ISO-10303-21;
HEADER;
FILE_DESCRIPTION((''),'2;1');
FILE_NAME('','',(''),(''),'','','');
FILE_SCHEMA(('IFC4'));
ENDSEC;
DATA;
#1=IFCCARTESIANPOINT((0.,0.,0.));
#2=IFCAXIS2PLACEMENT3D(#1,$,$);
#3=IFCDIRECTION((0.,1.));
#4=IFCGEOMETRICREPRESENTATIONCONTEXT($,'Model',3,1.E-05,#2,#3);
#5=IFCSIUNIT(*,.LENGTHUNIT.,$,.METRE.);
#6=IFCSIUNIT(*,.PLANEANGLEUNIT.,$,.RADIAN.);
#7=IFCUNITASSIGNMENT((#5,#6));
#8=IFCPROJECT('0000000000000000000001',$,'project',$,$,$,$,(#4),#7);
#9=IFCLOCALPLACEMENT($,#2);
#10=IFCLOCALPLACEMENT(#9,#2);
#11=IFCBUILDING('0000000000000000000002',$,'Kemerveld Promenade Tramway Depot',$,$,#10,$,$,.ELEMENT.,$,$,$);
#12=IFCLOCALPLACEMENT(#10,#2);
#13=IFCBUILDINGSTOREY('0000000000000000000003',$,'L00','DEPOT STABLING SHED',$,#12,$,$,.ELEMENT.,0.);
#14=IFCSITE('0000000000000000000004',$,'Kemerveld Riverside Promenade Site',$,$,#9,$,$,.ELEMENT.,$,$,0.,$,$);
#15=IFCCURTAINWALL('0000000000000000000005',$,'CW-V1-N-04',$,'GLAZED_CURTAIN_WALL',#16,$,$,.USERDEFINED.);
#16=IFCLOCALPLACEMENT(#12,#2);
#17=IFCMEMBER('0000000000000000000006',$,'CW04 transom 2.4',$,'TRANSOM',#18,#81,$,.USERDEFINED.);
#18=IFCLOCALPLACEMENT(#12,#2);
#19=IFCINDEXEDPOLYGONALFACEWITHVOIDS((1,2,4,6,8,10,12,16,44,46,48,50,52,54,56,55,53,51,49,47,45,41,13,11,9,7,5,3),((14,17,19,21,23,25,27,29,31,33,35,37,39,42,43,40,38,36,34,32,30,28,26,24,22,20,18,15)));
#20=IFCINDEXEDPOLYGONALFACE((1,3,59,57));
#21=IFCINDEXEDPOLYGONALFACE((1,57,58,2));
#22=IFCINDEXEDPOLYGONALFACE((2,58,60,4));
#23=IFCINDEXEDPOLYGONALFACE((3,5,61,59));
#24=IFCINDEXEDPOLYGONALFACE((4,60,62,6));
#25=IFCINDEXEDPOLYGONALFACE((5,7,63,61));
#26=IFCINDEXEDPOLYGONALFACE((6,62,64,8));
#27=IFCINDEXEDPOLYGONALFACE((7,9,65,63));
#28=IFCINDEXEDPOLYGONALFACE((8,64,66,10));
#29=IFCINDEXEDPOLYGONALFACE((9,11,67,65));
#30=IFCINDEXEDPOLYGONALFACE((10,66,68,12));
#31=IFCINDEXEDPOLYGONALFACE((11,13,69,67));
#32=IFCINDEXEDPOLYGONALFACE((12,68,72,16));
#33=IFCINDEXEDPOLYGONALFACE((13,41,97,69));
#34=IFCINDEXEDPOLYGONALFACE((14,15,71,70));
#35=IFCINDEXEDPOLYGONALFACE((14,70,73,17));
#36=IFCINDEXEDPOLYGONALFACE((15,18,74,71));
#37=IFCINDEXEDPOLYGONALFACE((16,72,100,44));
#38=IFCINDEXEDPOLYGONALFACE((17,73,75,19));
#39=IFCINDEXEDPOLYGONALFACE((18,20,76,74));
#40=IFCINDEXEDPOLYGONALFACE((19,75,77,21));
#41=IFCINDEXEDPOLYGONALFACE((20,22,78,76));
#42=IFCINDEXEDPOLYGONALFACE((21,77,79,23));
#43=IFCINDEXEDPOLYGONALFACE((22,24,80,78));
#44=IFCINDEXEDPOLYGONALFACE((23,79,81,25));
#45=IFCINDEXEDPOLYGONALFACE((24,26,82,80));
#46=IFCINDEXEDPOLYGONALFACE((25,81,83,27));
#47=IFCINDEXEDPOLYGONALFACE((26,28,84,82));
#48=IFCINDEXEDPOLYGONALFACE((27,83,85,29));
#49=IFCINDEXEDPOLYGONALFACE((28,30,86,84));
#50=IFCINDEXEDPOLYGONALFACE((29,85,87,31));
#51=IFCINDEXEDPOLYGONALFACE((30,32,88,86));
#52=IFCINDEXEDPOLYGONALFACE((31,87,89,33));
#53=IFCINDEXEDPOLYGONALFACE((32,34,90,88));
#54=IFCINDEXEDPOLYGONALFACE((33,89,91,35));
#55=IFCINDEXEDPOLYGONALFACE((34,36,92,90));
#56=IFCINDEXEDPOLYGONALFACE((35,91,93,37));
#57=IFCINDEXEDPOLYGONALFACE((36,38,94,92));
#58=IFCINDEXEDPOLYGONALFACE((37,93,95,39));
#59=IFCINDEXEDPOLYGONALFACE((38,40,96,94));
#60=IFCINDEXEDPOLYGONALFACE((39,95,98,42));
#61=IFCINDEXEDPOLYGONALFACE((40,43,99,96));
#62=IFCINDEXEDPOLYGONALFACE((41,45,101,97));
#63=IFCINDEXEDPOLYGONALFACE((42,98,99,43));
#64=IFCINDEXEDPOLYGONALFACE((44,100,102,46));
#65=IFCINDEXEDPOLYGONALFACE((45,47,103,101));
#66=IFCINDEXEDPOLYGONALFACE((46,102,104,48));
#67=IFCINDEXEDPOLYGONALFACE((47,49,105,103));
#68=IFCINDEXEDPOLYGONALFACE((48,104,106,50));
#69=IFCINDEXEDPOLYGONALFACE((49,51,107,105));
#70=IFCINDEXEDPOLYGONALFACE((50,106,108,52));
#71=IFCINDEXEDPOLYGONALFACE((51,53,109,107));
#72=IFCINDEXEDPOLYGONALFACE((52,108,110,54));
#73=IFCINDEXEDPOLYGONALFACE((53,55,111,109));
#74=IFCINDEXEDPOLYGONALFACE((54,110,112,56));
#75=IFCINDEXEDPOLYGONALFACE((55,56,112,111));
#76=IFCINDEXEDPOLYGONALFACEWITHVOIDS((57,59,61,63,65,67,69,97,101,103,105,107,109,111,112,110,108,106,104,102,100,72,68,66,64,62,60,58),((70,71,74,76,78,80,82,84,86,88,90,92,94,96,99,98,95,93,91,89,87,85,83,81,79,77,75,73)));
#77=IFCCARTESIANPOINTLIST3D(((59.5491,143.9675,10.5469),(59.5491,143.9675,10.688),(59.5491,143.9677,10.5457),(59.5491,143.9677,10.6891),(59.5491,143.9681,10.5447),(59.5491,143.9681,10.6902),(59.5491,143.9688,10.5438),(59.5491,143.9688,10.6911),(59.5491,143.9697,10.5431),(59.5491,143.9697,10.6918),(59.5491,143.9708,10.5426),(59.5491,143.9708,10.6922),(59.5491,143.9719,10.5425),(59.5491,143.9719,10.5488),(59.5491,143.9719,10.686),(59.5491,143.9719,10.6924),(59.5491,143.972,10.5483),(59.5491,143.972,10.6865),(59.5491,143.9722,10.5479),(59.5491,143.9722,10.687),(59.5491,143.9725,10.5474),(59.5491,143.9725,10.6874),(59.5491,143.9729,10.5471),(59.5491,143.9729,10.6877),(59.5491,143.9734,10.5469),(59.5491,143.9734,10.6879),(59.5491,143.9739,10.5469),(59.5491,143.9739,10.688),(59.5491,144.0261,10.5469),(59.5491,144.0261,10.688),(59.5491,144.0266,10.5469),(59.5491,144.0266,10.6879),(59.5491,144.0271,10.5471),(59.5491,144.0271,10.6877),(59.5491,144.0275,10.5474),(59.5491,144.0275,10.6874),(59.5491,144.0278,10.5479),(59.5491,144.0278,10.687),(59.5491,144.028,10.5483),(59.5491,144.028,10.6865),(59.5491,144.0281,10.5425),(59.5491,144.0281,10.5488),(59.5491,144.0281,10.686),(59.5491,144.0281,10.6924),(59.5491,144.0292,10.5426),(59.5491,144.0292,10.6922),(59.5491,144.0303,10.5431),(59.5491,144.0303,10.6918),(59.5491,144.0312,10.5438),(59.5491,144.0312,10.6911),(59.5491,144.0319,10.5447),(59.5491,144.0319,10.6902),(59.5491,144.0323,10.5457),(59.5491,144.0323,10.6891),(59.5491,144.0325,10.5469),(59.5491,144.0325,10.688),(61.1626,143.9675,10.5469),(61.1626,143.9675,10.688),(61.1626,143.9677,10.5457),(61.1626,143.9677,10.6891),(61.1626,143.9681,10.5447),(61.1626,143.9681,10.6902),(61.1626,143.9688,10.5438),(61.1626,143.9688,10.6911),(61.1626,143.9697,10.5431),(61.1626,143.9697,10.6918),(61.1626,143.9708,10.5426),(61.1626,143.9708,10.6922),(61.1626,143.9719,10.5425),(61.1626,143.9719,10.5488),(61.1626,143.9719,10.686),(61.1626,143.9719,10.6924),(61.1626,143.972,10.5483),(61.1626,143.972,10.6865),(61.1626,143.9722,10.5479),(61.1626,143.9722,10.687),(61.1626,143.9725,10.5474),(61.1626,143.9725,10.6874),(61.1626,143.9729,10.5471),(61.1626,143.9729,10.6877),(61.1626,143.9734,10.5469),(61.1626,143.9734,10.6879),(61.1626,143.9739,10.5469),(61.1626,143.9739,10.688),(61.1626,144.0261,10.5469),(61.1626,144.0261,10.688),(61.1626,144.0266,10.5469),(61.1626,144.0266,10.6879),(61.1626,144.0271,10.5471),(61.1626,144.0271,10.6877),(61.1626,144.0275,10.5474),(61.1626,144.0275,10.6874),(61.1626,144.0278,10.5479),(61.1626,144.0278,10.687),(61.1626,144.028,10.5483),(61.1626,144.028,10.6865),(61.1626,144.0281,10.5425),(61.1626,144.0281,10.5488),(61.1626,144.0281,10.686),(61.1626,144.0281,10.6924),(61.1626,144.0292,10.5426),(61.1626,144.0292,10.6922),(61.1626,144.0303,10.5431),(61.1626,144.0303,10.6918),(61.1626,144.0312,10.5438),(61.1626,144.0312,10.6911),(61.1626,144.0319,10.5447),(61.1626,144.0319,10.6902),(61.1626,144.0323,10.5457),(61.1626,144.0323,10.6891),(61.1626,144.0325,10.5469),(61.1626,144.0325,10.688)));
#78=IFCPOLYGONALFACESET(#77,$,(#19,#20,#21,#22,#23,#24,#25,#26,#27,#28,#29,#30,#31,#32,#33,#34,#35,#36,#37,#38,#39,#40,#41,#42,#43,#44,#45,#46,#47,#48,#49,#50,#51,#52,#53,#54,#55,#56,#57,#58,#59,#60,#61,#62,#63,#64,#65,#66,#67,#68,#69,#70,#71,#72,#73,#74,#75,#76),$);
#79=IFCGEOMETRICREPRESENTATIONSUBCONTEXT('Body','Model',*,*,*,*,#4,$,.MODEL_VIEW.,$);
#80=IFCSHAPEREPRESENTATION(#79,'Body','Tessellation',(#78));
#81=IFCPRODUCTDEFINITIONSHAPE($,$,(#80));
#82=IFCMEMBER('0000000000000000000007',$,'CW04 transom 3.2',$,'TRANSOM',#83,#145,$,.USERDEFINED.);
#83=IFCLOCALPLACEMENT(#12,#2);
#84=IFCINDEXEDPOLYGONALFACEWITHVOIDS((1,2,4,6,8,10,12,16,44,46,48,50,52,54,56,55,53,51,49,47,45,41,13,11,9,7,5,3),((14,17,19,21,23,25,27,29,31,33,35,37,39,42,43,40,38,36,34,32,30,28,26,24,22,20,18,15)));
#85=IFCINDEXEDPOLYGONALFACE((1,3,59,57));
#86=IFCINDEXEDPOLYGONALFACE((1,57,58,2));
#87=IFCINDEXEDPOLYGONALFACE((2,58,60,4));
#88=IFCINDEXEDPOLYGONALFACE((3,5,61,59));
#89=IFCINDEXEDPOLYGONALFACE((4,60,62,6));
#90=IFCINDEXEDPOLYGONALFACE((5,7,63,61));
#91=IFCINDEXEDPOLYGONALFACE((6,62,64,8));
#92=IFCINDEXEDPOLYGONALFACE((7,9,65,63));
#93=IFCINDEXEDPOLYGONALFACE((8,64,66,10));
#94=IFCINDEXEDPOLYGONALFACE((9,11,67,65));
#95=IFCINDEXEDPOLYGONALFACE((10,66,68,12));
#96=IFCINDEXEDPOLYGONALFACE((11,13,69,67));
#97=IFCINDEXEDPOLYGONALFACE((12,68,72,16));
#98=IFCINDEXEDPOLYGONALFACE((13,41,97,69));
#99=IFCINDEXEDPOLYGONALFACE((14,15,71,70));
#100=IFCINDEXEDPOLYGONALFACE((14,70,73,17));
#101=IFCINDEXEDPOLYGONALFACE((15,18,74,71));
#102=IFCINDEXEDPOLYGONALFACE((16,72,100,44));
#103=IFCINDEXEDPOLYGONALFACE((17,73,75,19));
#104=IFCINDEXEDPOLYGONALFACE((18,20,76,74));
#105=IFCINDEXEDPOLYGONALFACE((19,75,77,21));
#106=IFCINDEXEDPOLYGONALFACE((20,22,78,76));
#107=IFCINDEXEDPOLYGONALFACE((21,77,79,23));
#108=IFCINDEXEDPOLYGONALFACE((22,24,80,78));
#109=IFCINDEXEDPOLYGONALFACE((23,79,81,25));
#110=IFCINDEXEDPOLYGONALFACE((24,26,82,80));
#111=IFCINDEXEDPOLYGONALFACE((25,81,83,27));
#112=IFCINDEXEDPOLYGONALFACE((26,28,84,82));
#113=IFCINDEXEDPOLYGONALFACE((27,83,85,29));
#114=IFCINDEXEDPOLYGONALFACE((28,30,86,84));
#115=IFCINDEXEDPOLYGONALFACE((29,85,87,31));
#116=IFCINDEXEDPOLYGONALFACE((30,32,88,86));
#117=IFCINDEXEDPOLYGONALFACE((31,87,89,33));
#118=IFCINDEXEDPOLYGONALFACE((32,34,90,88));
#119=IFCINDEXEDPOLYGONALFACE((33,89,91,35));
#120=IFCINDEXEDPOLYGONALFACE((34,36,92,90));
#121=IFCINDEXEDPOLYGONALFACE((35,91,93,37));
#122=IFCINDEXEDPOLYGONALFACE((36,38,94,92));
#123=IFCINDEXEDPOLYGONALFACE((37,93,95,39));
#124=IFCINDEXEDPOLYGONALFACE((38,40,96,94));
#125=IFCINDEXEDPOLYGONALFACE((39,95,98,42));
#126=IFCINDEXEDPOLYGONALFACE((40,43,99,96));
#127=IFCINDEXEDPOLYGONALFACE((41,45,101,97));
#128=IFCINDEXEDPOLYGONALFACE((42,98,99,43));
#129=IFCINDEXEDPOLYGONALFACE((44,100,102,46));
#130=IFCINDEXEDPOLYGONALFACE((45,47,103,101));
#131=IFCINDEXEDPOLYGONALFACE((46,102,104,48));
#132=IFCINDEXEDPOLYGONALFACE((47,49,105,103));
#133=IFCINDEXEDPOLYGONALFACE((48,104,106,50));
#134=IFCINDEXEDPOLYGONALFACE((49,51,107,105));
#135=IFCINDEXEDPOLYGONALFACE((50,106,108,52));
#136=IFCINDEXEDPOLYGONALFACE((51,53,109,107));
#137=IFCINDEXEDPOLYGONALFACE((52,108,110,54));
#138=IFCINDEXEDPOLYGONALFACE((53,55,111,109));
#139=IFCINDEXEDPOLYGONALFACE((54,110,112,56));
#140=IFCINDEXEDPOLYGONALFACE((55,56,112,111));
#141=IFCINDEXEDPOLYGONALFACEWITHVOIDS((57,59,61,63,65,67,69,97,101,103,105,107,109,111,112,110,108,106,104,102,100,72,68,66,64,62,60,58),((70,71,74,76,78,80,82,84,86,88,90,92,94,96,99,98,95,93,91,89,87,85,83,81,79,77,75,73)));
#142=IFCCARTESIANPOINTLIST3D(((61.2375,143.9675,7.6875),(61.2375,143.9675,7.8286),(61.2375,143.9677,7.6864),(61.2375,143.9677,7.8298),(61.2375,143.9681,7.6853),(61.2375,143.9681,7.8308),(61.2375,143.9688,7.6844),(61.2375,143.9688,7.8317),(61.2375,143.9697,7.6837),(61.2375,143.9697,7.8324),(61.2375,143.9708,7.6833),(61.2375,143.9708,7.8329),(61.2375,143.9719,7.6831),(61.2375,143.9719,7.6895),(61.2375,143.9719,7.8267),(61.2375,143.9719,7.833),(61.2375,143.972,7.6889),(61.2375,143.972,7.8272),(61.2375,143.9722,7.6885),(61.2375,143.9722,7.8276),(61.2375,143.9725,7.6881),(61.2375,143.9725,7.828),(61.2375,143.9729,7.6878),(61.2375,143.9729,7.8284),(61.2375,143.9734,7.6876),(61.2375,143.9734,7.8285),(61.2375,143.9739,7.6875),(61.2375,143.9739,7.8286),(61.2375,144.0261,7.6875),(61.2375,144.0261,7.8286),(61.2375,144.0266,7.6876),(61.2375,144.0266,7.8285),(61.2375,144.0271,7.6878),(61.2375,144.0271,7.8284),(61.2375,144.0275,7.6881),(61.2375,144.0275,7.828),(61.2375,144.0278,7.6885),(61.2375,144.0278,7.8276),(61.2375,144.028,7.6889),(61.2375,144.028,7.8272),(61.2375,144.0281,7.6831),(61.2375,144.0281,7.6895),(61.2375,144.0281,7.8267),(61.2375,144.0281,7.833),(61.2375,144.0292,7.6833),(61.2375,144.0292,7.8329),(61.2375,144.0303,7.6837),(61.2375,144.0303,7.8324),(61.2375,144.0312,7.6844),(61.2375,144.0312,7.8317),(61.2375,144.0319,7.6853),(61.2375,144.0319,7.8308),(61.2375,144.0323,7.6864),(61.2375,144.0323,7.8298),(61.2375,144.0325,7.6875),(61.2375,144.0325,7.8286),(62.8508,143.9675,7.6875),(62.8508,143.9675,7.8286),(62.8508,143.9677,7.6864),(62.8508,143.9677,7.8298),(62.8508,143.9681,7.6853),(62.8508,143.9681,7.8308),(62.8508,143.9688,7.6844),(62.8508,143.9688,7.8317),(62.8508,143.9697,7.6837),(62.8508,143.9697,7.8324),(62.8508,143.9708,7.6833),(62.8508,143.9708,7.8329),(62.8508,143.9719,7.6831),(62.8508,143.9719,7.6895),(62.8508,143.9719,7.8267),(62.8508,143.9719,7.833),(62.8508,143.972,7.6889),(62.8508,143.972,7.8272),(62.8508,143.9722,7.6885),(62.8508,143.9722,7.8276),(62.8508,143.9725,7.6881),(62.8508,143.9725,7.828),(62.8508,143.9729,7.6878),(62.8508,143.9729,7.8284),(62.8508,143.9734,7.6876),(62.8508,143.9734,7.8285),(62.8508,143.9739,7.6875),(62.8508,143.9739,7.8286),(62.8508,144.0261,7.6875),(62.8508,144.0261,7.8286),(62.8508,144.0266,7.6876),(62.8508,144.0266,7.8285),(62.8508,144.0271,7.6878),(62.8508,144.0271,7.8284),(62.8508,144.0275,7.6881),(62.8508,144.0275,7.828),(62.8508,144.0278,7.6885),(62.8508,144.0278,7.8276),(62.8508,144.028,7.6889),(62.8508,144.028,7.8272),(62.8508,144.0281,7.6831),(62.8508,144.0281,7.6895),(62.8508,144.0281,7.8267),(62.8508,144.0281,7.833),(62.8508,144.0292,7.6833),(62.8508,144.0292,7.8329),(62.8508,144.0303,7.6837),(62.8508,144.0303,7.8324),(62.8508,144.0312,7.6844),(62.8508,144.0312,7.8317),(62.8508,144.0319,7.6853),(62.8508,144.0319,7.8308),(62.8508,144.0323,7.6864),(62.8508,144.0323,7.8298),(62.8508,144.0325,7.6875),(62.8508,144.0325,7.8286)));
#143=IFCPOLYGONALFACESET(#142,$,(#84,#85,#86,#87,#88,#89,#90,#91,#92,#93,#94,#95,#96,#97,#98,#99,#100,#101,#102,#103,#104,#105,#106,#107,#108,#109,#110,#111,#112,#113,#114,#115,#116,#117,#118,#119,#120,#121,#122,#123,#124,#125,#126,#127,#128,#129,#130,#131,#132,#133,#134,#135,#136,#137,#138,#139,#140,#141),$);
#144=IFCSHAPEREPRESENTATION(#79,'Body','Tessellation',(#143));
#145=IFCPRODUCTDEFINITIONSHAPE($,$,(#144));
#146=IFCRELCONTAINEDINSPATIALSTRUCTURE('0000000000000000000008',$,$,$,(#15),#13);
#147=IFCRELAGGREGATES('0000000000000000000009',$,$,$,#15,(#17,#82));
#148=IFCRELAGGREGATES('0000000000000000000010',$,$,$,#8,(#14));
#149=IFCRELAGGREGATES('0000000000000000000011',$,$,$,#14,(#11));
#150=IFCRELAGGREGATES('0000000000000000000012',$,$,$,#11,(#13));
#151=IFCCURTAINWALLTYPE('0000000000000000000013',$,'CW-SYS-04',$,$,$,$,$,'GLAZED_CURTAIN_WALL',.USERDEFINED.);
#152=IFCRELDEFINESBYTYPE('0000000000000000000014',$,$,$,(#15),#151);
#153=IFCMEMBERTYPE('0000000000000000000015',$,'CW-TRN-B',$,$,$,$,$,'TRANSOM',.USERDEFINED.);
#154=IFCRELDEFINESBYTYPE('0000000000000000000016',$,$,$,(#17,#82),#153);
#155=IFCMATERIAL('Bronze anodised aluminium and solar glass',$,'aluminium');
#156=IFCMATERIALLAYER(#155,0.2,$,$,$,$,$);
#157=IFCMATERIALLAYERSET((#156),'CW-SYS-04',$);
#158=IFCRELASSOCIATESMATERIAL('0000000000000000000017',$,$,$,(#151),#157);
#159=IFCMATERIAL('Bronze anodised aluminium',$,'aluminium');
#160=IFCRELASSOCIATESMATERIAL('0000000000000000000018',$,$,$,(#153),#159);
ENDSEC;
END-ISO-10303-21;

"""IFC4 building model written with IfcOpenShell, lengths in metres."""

from ifc_helpers import new_model, si_unit, direction, frame, origin, origin_2d, place, context, subcontext, project, spatial, hollow_rectangle, extrude, material, layer, layer_set, material_profile, profile_set, type_object, element, aggregate, save


model = new_model("IFC4")

# Units and contexts
model_context = context("Model", 3, precision=1e-05, world=origin(), true_north=direction((0.0, 1.0)))
body_context = subcontext(model_context, "Body", "Model", "MODEL_VIEW")
ifc_project = project(units=[si_unit("LENGTHUNIT", "METRE"), si_unit("PLANEANGLEUNIT", "RADIAN")], contexts=[model_context])

# Site, building, storey
site_placement = place(None, origin())
site = spatial("IfcSite", under=ifc_project, at=site_placement, Name="Kemerveld Riverside Promenade Site", CompositionType="ELEMENT", RefElevation=0.0)
building_placement = place(site_placement, origin())
building = spatial("IfcBuilding", under=site, at=building_placement, Name="Kemerveld Promenade Tramway Depot", CompositionType="ELEMENT")
storey_placement = place(building_placement, origin())
storey = spatial("IfcBuildingStorey", under=building, at=storey_placement, Name="L00", Description="DEPOT STABLING SHED", CompositionType="ELEMENT", Elevation=0.0)

# Curtain wall, members
ifc_material_1 = material(Name="Bronze anodised aluminium and solar glass", Category="aluminium")
ifc_material_2 = material(Name="Bronze anodised aluminium", Category="aluminium")
ifc_layer_1 = layer(ifc_material_1, 0.2)
ifc_layer_set_1 = layer_set([ifc_layer_1], Name="CW-SYS-04")
curtain_wall_type_1 = type_object("IfcCurtainWallType", Name="CW-SYS-04", ElementType="GLAZED_CURTAIN_WALL", PredefinedType="USERDEFINED", material=ifc_layer_set_1)
curtain_wall_1_placement = place(storey_placement, origin())
curtain_wall_1 = element("IfcCurtainWall", 1, at=curtain_wall_1_placement, inside=storey, type_object=curtain_wall_type_1, Name="CW-V1-N-04", ObjectType="GLAZED_CURTAIN_WALL", PredefinedType="USERDEFINED")
ifc_material_profile_1 = material_profile(ifc_material_2, hollow_rectangle(XDim=0.0649, YDim=0.1499, WallThickness=0.0044, InnerFilletRadius=0.002, OuterFilletRadius=0.0044, at=origin_2d()), Name="CW-TRN-150x65")
ifc_profile_set_1 = profile_set([ifc_material_profile_1], Name="Bronze anodised aluminium")
member_type_1 = type_object("IfcMemberType", Name="CW-TRN-B", ElementType="TRANSOM", PredefinedType="USERDEFINED", material=ifc_profile_set_1)
member_1_placement = place(storey_placement, frame((59.5491, 144.0, 10.6174), z_axis=(1.0, 0.0, 0.0), x_axis=(0.0, 1.0, 0.0)))
member_1 = element("IfcMember", 2, at=member_1_placement, type_object=member_type_1, Name="CW04 transom 2.4", ObjectType="TRANSOM", PredefinedType="USERDEFINED", context=body_context, shape_type="SweptSolid", body=[
    extrude(hollow_rectangle(XDim=0.0649, YDim=0.1499, WallThickness=0.0044, InnerFilletRadius=0.002, OuterFilletRadius=0.0044, at=origin_2d()), origin(), (0.0, 0.0, 1.0), 1.6135),
])
member_2_placement = place(storey_placement, frame((61.2375, 144.0, 7.7581), z_axis=(1.0, 0.0, 0.0), x_axis=(0.0, 1.0, 0.0)))
member_2 = element("IfcMember", 3, at=member_2_placement, type_object=member_type_1, Name="CW04 transom 3.2", ObjectType="TRANSOM", PredefinedType="USERDEFINED", context=body_context, shape_type="SweptSolid", body=[
    extrude(hollow_rectangle(XDim=0.0649, YDim=0.1499, WallThickness=0.0044, InnerFilletRadius=0.002, OuterFilletRadius=0.0044, at=origin_2d()), origin(), (0.0, 0.0, 1.0), 1.6133),
])

aggregate(curtain_wall_1, [member_1, member_2])

save(model, "model.ifc")
